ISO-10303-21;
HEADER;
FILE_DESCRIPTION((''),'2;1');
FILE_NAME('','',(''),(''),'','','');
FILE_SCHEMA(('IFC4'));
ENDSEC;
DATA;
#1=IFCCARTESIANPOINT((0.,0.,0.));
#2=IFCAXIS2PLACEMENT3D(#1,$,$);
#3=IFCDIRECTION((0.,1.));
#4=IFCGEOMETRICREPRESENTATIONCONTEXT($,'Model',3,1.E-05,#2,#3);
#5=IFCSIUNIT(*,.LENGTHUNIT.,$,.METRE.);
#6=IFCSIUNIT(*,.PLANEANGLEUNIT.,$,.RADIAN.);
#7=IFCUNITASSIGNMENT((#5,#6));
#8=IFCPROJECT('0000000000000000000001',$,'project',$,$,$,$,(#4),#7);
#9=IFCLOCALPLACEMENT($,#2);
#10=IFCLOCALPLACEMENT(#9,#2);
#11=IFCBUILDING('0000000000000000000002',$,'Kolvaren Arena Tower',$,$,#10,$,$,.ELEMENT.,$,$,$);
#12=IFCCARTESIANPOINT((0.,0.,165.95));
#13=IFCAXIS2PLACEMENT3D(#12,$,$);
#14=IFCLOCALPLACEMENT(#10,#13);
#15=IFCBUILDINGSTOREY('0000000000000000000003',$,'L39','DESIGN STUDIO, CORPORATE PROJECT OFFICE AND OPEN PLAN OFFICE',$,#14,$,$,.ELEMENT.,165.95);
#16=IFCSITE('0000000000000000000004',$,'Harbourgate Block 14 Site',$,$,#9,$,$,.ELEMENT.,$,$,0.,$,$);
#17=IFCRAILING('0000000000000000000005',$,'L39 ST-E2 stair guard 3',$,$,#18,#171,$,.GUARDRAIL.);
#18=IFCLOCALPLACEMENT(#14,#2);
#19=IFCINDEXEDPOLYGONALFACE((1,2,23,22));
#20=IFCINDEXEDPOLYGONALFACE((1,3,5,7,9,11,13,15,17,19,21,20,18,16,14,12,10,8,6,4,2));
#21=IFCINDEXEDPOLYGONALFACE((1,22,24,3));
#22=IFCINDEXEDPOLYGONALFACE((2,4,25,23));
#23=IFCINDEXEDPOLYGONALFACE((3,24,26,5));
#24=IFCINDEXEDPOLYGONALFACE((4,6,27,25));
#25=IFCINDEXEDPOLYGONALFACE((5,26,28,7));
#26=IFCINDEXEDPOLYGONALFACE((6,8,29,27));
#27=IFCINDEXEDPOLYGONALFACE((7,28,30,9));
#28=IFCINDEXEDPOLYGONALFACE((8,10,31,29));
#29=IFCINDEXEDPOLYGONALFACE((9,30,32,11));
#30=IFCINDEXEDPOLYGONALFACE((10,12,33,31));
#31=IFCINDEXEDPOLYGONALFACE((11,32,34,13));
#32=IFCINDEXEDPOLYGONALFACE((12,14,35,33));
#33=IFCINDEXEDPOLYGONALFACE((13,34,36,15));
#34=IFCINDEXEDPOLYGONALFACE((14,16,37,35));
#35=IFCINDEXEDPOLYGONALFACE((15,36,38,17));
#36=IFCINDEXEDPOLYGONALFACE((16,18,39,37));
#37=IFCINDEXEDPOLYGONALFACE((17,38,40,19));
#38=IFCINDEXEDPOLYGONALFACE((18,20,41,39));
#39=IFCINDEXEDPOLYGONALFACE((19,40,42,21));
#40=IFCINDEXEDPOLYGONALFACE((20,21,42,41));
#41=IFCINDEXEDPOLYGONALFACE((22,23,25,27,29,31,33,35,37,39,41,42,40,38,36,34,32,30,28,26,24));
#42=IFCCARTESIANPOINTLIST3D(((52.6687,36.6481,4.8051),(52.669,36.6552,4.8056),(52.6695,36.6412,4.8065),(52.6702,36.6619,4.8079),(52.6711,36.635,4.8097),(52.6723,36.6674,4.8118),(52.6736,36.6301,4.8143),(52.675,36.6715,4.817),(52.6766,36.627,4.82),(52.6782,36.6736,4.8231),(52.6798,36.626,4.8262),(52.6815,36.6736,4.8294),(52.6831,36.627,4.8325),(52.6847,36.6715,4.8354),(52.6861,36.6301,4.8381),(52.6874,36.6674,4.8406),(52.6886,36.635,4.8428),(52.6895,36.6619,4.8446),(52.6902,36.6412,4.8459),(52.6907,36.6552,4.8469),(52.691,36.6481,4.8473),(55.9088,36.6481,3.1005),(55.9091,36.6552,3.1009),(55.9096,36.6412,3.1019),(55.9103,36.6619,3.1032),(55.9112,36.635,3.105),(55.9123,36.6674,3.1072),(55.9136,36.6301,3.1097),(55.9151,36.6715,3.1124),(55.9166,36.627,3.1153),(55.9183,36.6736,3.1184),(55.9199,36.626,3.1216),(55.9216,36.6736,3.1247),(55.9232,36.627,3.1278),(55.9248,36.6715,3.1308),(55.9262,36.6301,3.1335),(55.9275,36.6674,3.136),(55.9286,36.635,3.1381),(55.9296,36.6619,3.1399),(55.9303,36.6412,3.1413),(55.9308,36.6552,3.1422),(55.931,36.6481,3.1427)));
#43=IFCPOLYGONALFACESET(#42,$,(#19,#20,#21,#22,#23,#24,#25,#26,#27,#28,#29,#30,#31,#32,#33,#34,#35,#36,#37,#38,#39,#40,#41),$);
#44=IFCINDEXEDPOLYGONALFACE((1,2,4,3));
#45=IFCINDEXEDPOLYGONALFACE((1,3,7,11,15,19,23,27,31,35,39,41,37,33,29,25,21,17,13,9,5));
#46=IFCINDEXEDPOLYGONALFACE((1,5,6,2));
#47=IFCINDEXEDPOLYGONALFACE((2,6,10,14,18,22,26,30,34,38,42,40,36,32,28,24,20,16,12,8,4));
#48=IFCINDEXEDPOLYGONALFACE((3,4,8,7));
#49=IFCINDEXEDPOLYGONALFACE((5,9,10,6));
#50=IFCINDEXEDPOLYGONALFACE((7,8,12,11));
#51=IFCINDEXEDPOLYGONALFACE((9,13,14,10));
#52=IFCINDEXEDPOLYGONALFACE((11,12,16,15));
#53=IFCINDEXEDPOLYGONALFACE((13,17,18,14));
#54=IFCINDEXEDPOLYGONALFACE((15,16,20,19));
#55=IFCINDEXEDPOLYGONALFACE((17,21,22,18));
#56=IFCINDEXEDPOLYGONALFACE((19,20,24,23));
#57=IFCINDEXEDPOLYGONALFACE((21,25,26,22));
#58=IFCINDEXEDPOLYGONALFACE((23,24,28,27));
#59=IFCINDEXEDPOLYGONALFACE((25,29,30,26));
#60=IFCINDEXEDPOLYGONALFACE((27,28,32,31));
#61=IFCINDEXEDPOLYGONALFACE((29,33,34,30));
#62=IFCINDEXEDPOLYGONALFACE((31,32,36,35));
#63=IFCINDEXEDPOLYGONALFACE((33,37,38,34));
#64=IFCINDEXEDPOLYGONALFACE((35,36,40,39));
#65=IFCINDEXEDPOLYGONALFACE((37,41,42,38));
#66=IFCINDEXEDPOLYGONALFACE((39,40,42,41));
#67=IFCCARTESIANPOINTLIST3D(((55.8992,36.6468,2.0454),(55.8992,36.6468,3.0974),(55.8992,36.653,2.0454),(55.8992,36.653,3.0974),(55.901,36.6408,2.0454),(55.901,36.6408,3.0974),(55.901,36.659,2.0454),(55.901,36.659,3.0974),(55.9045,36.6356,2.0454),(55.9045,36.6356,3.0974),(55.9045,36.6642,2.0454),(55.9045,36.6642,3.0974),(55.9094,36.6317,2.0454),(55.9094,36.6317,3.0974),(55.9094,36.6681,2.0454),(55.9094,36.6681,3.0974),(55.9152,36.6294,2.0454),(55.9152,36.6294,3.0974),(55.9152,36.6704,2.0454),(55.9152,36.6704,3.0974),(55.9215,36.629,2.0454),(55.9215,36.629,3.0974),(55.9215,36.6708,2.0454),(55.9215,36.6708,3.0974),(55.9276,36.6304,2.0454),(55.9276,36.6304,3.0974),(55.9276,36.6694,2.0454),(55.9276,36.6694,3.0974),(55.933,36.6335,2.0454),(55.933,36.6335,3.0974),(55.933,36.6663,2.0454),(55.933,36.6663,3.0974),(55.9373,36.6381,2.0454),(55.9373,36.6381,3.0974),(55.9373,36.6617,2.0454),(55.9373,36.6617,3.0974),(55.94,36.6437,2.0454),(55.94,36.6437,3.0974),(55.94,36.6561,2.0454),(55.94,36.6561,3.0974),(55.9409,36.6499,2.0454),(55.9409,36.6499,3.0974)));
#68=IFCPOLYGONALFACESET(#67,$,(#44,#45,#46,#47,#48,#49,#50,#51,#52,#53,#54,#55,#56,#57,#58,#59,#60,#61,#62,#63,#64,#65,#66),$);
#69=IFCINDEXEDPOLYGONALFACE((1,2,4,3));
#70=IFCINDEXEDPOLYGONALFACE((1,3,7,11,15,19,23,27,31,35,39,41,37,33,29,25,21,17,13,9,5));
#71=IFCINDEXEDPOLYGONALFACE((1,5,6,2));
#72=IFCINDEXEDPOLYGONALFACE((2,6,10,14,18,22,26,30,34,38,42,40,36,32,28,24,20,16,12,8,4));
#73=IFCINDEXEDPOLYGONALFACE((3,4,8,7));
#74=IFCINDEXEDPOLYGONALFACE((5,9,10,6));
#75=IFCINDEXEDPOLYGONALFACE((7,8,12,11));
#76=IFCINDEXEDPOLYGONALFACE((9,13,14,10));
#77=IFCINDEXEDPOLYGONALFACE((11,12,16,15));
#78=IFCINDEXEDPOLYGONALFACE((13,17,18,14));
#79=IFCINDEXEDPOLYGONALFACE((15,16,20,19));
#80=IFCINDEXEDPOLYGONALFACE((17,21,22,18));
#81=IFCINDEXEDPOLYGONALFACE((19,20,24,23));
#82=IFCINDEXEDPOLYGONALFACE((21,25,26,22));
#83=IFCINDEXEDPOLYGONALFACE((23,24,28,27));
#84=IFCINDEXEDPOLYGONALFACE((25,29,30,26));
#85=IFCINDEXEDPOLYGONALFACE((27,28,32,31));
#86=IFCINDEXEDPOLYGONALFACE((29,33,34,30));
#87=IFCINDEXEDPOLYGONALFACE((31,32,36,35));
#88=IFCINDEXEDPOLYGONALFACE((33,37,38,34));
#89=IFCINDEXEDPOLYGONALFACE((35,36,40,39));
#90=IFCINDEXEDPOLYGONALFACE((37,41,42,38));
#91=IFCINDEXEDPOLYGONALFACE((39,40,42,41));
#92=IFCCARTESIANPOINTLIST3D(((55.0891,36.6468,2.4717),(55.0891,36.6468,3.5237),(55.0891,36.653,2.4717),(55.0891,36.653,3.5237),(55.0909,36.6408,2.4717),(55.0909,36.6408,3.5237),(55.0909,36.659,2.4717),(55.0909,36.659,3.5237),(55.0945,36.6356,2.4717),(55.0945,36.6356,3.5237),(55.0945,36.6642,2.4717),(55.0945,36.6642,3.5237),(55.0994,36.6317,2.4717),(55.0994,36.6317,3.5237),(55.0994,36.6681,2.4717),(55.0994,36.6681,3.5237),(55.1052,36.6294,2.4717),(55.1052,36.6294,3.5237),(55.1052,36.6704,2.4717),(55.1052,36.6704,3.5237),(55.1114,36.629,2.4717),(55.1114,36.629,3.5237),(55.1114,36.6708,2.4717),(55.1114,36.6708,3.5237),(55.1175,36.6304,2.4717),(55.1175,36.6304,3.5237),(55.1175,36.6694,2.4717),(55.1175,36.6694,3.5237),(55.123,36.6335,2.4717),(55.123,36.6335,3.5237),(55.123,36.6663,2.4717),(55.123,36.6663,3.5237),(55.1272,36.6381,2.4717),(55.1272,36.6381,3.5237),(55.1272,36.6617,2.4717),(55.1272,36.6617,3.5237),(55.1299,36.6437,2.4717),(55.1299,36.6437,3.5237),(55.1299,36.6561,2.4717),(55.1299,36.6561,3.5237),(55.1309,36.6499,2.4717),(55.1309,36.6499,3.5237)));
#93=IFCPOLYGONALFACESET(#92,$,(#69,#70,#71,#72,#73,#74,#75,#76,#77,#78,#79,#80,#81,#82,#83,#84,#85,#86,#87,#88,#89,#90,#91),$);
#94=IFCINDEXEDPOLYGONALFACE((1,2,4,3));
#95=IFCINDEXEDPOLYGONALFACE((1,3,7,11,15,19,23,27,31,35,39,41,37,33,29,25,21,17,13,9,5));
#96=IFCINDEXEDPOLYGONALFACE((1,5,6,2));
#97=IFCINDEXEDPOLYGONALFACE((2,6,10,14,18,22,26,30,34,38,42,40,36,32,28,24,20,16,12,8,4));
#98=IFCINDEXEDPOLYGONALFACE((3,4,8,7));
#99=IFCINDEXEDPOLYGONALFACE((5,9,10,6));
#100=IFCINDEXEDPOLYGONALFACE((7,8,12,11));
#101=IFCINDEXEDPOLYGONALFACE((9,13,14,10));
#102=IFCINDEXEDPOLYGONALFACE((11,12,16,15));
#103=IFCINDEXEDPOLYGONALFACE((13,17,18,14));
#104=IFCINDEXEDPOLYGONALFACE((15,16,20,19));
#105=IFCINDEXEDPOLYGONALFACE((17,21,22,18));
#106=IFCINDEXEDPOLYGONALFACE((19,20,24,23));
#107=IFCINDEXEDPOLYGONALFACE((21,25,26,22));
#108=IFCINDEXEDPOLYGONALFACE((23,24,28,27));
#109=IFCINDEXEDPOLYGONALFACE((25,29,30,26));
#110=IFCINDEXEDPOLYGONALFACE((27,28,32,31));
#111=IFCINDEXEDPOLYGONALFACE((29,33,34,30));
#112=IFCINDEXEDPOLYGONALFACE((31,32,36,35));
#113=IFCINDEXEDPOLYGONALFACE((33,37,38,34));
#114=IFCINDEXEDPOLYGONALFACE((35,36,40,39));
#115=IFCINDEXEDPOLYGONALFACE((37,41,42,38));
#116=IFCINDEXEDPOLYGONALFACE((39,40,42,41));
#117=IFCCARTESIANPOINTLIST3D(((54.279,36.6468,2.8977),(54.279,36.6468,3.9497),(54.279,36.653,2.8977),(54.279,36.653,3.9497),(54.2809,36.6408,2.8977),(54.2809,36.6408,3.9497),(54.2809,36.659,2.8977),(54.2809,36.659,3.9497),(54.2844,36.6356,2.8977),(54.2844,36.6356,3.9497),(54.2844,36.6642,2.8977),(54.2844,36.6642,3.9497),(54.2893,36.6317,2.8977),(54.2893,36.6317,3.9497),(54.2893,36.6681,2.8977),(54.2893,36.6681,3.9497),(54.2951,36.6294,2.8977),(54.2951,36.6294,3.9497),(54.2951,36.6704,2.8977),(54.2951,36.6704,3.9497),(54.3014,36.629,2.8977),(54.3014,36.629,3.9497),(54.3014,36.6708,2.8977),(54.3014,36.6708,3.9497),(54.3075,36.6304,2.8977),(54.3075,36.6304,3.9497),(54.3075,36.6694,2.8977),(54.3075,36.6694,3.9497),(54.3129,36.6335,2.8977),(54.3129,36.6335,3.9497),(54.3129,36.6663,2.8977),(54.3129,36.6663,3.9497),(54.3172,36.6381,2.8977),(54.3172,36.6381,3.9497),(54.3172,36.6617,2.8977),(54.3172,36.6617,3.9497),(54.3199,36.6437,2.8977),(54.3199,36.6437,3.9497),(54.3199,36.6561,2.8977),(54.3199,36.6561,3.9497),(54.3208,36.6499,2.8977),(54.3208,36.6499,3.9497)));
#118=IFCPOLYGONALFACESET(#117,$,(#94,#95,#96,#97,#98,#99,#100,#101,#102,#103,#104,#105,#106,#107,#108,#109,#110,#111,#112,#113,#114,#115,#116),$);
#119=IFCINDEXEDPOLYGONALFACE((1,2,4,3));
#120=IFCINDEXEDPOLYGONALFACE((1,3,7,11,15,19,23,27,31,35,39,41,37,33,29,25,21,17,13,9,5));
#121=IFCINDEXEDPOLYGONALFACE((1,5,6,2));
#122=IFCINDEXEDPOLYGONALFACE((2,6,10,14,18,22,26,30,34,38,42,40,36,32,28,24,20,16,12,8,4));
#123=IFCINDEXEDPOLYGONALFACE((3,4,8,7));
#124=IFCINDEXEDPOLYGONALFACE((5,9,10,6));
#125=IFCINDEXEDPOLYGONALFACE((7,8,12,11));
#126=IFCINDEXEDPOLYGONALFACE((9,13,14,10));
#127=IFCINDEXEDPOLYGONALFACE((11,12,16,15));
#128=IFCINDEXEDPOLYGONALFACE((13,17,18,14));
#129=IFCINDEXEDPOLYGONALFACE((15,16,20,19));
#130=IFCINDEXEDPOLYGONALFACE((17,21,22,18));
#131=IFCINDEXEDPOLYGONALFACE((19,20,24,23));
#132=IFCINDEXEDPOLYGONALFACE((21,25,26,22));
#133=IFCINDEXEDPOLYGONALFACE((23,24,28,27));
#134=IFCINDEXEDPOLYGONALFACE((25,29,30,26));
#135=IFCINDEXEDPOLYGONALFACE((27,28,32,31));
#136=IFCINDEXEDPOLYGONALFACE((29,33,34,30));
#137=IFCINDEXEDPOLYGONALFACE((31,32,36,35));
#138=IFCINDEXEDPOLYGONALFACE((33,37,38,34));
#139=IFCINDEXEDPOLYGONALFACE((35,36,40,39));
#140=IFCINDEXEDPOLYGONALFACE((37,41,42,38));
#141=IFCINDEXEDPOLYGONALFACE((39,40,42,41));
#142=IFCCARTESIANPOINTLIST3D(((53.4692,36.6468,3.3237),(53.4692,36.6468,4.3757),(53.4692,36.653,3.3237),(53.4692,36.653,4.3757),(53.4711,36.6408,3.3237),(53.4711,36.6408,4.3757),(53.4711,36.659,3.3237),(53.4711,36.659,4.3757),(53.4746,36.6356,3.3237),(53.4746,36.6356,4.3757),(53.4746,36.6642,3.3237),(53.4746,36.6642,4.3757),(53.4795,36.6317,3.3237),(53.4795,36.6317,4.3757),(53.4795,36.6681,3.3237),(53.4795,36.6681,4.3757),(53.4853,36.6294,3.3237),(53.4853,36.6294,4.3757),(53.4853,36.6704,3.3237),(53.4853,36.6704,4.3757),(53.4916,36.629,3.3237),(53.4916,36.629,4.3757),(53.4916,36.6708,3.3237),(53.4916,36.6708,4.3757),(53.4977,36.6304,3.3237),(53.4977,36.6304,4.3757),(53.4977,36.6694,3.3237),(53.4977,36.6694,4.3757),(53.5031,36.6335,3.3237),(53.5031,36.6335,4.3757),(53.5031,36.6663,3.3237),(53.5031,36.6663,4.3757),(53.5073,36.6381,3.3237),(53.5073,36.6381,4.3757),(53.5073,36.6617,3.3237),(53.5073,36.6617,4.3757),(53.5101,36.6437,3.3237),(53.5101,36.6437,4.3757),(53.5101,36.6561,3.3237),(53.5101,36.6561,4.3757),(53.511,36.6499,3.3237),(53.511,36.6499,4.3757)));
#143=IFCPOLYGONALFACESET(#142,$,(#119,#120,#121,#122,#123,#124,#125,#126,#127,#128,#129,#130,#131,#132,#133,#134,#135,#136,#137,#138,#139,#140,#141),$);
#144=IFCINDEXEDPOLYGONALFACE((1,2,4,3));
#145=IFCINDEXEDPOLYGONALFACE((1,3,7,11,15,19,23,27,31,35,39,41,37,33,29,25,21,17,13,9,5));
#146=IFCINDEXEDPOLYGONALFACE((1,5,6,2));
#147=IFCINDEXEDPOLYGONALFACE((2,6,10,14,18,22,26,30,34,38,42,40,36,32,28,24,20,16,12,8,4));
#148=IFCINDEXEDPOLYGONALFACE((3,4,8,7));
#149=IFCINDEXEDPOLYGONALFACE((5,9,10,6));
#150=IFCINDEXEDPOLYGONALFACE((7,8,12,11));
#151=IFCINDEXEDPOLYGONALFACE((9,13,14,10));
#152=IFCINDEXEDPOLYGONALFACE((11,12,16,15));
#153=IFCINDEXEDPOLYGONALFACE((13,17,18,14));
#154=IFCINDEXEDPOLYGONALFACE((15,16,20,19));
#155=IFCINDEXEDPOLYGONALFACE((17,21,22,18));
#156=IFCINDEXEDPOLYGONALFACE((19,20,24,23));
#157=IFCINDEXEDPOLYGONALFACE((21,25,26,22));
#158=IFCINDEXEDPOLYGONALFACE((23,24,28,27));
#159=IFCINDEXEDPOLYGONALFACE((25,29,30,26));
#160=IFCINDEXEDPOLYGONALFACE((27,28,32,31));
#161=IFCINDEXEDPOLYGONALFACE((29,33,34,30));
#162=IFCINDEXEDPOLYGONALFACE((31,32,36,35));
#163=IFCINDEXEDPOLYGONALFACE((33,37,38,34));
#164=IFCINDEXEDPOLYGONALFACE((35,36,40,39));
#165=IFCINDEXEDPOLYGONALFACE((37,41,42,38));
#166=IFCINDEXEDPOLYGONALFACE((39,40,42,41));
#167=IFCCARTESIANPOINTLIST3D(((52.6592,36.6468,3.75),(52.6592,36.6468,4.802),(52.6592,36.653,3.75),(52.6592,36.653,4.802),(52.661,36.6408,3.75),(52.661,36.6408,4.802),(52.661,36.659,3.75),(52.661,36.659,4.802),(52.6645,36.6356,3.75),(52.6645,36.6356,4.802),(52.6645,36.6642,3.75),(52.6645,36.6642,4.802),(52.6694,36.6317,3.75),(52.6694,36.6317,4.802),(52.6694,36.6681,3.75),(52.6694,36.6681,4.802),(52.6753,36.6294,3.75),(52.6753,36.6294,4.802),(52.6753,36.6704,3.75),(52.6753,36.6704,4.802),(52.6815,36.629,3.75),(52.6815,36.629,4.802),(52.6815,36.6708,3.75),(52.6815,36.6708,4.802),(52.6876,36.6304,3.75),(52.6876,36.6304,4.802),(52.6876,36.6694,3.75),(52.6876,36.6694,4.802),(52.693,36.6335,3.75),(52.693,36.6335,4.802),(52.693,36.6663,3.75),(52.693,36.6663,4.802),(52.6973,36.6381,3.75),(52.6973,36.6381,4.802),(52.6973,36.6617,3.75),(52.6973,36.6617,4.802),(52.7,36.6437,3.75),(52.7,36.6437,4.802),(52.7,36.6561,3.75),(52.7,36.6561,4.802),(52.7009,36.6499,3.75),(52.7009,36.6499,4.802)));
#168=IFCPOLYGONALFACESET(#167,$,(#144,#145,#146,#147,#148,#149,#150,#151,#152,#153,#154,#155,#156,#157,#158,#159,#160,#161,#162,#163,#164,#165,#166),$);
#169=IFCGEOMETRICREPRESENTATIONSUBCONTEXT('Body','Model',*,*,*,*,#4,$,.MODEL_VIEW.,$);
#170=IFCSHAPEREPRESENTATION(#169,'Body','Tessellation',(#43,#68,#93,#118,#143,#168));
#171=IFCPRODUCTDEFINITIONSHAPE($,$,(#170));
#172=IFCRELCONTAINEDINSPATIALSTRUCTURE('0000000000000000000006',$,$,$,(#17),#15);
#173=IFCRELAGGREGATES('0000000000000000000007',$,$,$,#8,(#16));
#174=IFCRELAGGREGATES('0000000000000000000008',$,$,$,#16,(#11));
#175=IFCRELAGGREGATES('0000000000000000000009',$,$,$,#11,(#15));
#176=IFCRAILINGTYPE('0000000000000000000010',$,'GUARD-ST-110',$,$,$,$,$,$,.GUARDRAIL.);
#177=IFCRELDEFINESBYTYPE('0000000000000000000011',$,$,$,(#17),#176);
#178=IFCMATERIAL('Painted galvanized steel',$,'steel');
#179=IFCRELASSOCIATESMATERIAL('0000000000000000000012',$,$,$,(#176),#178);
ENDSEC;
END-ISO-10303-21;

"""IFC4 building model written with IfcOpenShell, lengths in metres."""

from ifc_helpers import new_model, si_unit, direction, frame, origin, origin_2d, place, context, subcontext, project, spatial, circle, extrude, material, type_object, element, save


model = new_model("IFC4")

# Units and contexts
model_context = context("Model", 3, precision=1e-05, world=origin(), true_north=direction((0.0, 1.0)))
body_context = subcontext(model_context, "Body", "Model", "MODEL_VIEW")
ifc_project = project(units=[si_unit("LENGTHUNIT", "METRE"), si_unit("PLANEANGLEUNIT", "RADIAN")], contexts=[model_context])

# Site, building, storey
site_placement = place(None, origin())
site = spatial("IfcSite", under=ifc_project, at=site_placement, Name="Harbourgate Block 14 Site", CompositionType="ELEMENT", RefElevation=0.0)
building_placement = place(site_placement, origin())
building = spatial("IfcBuilding", under=site, at=building_placement, Name="Kolvaren Arena Tower", CompositionType="ELEMENT")
storey_placement = place(building_placement, frame((0.0, 0.0, 165.95)))
storey = spatial("IfcBuildingStorey", under=building, at=storey_placement, Name="L39", Description="DESIGN STUDIO, CORPORATE PROJECT OFFICE AND OPEN PLAN OFFICE", CompositionType="ELEMENT", Elevation=165.95)

# Railing
ifc_material_1 = material(Name="Painted galvanized steel", Category="steel")
railing_type_1 = type_object("IfcRailingType", Name="GUARD-ST-110", PredefinedType="GUARDRAIL", material=ifc_material_1)
railing_1_placement = place(storey_placement, frame((55.9199, 36.6499, 2.0454)))
element("IfcRailing", 1, at=railing_1_placement, inside=storey, type_object=railing_type_1, Name="L39 ST-E2 stair guard 3", PredefinedType="GUARDRAIL", context=body_context, shape_type="SweptSolid", body=[
    extrude(circle(Radius=0.0239, at=origin_2d()), frame((0.0, 0.0, 1.0762), z_axis=(-0.884993, 0.0, 0.465604), x_axis=(0.0, -1.0, 0.0)), (0.0, 0.0, 1.0), 3.6611),
    extrude(circle(Radius=0.021, at=origin_2d()), origin(), (0.0, 0.0, 1.0), 1.052),
    extrude(circle(Radius=0.021, at=origin_2d()), frame((-0.8101, 0.0, 0.4263)), (0.0, 0.0, 1.0), 1.052),
    extrude(circle(Radius=0.021, at=origin_2d()), frame((-1.6201, 0.0, 0.8523)), (0.0, 0.0, 1.0), 1.052),
    extrude(circle(Radius=0.021, at=origin_2d()), frame((-2.4299, 0.0, 1.2783)), (0.0, 0.0, 1.0), 1.052),
    extrude(circle(Radius=0.021, at=origin_2d()), frame((-3.24, 0.0, 1.7046)), (0.0, 0.0, 1.0), 1.052),
])

save(model, "model.ifc")
